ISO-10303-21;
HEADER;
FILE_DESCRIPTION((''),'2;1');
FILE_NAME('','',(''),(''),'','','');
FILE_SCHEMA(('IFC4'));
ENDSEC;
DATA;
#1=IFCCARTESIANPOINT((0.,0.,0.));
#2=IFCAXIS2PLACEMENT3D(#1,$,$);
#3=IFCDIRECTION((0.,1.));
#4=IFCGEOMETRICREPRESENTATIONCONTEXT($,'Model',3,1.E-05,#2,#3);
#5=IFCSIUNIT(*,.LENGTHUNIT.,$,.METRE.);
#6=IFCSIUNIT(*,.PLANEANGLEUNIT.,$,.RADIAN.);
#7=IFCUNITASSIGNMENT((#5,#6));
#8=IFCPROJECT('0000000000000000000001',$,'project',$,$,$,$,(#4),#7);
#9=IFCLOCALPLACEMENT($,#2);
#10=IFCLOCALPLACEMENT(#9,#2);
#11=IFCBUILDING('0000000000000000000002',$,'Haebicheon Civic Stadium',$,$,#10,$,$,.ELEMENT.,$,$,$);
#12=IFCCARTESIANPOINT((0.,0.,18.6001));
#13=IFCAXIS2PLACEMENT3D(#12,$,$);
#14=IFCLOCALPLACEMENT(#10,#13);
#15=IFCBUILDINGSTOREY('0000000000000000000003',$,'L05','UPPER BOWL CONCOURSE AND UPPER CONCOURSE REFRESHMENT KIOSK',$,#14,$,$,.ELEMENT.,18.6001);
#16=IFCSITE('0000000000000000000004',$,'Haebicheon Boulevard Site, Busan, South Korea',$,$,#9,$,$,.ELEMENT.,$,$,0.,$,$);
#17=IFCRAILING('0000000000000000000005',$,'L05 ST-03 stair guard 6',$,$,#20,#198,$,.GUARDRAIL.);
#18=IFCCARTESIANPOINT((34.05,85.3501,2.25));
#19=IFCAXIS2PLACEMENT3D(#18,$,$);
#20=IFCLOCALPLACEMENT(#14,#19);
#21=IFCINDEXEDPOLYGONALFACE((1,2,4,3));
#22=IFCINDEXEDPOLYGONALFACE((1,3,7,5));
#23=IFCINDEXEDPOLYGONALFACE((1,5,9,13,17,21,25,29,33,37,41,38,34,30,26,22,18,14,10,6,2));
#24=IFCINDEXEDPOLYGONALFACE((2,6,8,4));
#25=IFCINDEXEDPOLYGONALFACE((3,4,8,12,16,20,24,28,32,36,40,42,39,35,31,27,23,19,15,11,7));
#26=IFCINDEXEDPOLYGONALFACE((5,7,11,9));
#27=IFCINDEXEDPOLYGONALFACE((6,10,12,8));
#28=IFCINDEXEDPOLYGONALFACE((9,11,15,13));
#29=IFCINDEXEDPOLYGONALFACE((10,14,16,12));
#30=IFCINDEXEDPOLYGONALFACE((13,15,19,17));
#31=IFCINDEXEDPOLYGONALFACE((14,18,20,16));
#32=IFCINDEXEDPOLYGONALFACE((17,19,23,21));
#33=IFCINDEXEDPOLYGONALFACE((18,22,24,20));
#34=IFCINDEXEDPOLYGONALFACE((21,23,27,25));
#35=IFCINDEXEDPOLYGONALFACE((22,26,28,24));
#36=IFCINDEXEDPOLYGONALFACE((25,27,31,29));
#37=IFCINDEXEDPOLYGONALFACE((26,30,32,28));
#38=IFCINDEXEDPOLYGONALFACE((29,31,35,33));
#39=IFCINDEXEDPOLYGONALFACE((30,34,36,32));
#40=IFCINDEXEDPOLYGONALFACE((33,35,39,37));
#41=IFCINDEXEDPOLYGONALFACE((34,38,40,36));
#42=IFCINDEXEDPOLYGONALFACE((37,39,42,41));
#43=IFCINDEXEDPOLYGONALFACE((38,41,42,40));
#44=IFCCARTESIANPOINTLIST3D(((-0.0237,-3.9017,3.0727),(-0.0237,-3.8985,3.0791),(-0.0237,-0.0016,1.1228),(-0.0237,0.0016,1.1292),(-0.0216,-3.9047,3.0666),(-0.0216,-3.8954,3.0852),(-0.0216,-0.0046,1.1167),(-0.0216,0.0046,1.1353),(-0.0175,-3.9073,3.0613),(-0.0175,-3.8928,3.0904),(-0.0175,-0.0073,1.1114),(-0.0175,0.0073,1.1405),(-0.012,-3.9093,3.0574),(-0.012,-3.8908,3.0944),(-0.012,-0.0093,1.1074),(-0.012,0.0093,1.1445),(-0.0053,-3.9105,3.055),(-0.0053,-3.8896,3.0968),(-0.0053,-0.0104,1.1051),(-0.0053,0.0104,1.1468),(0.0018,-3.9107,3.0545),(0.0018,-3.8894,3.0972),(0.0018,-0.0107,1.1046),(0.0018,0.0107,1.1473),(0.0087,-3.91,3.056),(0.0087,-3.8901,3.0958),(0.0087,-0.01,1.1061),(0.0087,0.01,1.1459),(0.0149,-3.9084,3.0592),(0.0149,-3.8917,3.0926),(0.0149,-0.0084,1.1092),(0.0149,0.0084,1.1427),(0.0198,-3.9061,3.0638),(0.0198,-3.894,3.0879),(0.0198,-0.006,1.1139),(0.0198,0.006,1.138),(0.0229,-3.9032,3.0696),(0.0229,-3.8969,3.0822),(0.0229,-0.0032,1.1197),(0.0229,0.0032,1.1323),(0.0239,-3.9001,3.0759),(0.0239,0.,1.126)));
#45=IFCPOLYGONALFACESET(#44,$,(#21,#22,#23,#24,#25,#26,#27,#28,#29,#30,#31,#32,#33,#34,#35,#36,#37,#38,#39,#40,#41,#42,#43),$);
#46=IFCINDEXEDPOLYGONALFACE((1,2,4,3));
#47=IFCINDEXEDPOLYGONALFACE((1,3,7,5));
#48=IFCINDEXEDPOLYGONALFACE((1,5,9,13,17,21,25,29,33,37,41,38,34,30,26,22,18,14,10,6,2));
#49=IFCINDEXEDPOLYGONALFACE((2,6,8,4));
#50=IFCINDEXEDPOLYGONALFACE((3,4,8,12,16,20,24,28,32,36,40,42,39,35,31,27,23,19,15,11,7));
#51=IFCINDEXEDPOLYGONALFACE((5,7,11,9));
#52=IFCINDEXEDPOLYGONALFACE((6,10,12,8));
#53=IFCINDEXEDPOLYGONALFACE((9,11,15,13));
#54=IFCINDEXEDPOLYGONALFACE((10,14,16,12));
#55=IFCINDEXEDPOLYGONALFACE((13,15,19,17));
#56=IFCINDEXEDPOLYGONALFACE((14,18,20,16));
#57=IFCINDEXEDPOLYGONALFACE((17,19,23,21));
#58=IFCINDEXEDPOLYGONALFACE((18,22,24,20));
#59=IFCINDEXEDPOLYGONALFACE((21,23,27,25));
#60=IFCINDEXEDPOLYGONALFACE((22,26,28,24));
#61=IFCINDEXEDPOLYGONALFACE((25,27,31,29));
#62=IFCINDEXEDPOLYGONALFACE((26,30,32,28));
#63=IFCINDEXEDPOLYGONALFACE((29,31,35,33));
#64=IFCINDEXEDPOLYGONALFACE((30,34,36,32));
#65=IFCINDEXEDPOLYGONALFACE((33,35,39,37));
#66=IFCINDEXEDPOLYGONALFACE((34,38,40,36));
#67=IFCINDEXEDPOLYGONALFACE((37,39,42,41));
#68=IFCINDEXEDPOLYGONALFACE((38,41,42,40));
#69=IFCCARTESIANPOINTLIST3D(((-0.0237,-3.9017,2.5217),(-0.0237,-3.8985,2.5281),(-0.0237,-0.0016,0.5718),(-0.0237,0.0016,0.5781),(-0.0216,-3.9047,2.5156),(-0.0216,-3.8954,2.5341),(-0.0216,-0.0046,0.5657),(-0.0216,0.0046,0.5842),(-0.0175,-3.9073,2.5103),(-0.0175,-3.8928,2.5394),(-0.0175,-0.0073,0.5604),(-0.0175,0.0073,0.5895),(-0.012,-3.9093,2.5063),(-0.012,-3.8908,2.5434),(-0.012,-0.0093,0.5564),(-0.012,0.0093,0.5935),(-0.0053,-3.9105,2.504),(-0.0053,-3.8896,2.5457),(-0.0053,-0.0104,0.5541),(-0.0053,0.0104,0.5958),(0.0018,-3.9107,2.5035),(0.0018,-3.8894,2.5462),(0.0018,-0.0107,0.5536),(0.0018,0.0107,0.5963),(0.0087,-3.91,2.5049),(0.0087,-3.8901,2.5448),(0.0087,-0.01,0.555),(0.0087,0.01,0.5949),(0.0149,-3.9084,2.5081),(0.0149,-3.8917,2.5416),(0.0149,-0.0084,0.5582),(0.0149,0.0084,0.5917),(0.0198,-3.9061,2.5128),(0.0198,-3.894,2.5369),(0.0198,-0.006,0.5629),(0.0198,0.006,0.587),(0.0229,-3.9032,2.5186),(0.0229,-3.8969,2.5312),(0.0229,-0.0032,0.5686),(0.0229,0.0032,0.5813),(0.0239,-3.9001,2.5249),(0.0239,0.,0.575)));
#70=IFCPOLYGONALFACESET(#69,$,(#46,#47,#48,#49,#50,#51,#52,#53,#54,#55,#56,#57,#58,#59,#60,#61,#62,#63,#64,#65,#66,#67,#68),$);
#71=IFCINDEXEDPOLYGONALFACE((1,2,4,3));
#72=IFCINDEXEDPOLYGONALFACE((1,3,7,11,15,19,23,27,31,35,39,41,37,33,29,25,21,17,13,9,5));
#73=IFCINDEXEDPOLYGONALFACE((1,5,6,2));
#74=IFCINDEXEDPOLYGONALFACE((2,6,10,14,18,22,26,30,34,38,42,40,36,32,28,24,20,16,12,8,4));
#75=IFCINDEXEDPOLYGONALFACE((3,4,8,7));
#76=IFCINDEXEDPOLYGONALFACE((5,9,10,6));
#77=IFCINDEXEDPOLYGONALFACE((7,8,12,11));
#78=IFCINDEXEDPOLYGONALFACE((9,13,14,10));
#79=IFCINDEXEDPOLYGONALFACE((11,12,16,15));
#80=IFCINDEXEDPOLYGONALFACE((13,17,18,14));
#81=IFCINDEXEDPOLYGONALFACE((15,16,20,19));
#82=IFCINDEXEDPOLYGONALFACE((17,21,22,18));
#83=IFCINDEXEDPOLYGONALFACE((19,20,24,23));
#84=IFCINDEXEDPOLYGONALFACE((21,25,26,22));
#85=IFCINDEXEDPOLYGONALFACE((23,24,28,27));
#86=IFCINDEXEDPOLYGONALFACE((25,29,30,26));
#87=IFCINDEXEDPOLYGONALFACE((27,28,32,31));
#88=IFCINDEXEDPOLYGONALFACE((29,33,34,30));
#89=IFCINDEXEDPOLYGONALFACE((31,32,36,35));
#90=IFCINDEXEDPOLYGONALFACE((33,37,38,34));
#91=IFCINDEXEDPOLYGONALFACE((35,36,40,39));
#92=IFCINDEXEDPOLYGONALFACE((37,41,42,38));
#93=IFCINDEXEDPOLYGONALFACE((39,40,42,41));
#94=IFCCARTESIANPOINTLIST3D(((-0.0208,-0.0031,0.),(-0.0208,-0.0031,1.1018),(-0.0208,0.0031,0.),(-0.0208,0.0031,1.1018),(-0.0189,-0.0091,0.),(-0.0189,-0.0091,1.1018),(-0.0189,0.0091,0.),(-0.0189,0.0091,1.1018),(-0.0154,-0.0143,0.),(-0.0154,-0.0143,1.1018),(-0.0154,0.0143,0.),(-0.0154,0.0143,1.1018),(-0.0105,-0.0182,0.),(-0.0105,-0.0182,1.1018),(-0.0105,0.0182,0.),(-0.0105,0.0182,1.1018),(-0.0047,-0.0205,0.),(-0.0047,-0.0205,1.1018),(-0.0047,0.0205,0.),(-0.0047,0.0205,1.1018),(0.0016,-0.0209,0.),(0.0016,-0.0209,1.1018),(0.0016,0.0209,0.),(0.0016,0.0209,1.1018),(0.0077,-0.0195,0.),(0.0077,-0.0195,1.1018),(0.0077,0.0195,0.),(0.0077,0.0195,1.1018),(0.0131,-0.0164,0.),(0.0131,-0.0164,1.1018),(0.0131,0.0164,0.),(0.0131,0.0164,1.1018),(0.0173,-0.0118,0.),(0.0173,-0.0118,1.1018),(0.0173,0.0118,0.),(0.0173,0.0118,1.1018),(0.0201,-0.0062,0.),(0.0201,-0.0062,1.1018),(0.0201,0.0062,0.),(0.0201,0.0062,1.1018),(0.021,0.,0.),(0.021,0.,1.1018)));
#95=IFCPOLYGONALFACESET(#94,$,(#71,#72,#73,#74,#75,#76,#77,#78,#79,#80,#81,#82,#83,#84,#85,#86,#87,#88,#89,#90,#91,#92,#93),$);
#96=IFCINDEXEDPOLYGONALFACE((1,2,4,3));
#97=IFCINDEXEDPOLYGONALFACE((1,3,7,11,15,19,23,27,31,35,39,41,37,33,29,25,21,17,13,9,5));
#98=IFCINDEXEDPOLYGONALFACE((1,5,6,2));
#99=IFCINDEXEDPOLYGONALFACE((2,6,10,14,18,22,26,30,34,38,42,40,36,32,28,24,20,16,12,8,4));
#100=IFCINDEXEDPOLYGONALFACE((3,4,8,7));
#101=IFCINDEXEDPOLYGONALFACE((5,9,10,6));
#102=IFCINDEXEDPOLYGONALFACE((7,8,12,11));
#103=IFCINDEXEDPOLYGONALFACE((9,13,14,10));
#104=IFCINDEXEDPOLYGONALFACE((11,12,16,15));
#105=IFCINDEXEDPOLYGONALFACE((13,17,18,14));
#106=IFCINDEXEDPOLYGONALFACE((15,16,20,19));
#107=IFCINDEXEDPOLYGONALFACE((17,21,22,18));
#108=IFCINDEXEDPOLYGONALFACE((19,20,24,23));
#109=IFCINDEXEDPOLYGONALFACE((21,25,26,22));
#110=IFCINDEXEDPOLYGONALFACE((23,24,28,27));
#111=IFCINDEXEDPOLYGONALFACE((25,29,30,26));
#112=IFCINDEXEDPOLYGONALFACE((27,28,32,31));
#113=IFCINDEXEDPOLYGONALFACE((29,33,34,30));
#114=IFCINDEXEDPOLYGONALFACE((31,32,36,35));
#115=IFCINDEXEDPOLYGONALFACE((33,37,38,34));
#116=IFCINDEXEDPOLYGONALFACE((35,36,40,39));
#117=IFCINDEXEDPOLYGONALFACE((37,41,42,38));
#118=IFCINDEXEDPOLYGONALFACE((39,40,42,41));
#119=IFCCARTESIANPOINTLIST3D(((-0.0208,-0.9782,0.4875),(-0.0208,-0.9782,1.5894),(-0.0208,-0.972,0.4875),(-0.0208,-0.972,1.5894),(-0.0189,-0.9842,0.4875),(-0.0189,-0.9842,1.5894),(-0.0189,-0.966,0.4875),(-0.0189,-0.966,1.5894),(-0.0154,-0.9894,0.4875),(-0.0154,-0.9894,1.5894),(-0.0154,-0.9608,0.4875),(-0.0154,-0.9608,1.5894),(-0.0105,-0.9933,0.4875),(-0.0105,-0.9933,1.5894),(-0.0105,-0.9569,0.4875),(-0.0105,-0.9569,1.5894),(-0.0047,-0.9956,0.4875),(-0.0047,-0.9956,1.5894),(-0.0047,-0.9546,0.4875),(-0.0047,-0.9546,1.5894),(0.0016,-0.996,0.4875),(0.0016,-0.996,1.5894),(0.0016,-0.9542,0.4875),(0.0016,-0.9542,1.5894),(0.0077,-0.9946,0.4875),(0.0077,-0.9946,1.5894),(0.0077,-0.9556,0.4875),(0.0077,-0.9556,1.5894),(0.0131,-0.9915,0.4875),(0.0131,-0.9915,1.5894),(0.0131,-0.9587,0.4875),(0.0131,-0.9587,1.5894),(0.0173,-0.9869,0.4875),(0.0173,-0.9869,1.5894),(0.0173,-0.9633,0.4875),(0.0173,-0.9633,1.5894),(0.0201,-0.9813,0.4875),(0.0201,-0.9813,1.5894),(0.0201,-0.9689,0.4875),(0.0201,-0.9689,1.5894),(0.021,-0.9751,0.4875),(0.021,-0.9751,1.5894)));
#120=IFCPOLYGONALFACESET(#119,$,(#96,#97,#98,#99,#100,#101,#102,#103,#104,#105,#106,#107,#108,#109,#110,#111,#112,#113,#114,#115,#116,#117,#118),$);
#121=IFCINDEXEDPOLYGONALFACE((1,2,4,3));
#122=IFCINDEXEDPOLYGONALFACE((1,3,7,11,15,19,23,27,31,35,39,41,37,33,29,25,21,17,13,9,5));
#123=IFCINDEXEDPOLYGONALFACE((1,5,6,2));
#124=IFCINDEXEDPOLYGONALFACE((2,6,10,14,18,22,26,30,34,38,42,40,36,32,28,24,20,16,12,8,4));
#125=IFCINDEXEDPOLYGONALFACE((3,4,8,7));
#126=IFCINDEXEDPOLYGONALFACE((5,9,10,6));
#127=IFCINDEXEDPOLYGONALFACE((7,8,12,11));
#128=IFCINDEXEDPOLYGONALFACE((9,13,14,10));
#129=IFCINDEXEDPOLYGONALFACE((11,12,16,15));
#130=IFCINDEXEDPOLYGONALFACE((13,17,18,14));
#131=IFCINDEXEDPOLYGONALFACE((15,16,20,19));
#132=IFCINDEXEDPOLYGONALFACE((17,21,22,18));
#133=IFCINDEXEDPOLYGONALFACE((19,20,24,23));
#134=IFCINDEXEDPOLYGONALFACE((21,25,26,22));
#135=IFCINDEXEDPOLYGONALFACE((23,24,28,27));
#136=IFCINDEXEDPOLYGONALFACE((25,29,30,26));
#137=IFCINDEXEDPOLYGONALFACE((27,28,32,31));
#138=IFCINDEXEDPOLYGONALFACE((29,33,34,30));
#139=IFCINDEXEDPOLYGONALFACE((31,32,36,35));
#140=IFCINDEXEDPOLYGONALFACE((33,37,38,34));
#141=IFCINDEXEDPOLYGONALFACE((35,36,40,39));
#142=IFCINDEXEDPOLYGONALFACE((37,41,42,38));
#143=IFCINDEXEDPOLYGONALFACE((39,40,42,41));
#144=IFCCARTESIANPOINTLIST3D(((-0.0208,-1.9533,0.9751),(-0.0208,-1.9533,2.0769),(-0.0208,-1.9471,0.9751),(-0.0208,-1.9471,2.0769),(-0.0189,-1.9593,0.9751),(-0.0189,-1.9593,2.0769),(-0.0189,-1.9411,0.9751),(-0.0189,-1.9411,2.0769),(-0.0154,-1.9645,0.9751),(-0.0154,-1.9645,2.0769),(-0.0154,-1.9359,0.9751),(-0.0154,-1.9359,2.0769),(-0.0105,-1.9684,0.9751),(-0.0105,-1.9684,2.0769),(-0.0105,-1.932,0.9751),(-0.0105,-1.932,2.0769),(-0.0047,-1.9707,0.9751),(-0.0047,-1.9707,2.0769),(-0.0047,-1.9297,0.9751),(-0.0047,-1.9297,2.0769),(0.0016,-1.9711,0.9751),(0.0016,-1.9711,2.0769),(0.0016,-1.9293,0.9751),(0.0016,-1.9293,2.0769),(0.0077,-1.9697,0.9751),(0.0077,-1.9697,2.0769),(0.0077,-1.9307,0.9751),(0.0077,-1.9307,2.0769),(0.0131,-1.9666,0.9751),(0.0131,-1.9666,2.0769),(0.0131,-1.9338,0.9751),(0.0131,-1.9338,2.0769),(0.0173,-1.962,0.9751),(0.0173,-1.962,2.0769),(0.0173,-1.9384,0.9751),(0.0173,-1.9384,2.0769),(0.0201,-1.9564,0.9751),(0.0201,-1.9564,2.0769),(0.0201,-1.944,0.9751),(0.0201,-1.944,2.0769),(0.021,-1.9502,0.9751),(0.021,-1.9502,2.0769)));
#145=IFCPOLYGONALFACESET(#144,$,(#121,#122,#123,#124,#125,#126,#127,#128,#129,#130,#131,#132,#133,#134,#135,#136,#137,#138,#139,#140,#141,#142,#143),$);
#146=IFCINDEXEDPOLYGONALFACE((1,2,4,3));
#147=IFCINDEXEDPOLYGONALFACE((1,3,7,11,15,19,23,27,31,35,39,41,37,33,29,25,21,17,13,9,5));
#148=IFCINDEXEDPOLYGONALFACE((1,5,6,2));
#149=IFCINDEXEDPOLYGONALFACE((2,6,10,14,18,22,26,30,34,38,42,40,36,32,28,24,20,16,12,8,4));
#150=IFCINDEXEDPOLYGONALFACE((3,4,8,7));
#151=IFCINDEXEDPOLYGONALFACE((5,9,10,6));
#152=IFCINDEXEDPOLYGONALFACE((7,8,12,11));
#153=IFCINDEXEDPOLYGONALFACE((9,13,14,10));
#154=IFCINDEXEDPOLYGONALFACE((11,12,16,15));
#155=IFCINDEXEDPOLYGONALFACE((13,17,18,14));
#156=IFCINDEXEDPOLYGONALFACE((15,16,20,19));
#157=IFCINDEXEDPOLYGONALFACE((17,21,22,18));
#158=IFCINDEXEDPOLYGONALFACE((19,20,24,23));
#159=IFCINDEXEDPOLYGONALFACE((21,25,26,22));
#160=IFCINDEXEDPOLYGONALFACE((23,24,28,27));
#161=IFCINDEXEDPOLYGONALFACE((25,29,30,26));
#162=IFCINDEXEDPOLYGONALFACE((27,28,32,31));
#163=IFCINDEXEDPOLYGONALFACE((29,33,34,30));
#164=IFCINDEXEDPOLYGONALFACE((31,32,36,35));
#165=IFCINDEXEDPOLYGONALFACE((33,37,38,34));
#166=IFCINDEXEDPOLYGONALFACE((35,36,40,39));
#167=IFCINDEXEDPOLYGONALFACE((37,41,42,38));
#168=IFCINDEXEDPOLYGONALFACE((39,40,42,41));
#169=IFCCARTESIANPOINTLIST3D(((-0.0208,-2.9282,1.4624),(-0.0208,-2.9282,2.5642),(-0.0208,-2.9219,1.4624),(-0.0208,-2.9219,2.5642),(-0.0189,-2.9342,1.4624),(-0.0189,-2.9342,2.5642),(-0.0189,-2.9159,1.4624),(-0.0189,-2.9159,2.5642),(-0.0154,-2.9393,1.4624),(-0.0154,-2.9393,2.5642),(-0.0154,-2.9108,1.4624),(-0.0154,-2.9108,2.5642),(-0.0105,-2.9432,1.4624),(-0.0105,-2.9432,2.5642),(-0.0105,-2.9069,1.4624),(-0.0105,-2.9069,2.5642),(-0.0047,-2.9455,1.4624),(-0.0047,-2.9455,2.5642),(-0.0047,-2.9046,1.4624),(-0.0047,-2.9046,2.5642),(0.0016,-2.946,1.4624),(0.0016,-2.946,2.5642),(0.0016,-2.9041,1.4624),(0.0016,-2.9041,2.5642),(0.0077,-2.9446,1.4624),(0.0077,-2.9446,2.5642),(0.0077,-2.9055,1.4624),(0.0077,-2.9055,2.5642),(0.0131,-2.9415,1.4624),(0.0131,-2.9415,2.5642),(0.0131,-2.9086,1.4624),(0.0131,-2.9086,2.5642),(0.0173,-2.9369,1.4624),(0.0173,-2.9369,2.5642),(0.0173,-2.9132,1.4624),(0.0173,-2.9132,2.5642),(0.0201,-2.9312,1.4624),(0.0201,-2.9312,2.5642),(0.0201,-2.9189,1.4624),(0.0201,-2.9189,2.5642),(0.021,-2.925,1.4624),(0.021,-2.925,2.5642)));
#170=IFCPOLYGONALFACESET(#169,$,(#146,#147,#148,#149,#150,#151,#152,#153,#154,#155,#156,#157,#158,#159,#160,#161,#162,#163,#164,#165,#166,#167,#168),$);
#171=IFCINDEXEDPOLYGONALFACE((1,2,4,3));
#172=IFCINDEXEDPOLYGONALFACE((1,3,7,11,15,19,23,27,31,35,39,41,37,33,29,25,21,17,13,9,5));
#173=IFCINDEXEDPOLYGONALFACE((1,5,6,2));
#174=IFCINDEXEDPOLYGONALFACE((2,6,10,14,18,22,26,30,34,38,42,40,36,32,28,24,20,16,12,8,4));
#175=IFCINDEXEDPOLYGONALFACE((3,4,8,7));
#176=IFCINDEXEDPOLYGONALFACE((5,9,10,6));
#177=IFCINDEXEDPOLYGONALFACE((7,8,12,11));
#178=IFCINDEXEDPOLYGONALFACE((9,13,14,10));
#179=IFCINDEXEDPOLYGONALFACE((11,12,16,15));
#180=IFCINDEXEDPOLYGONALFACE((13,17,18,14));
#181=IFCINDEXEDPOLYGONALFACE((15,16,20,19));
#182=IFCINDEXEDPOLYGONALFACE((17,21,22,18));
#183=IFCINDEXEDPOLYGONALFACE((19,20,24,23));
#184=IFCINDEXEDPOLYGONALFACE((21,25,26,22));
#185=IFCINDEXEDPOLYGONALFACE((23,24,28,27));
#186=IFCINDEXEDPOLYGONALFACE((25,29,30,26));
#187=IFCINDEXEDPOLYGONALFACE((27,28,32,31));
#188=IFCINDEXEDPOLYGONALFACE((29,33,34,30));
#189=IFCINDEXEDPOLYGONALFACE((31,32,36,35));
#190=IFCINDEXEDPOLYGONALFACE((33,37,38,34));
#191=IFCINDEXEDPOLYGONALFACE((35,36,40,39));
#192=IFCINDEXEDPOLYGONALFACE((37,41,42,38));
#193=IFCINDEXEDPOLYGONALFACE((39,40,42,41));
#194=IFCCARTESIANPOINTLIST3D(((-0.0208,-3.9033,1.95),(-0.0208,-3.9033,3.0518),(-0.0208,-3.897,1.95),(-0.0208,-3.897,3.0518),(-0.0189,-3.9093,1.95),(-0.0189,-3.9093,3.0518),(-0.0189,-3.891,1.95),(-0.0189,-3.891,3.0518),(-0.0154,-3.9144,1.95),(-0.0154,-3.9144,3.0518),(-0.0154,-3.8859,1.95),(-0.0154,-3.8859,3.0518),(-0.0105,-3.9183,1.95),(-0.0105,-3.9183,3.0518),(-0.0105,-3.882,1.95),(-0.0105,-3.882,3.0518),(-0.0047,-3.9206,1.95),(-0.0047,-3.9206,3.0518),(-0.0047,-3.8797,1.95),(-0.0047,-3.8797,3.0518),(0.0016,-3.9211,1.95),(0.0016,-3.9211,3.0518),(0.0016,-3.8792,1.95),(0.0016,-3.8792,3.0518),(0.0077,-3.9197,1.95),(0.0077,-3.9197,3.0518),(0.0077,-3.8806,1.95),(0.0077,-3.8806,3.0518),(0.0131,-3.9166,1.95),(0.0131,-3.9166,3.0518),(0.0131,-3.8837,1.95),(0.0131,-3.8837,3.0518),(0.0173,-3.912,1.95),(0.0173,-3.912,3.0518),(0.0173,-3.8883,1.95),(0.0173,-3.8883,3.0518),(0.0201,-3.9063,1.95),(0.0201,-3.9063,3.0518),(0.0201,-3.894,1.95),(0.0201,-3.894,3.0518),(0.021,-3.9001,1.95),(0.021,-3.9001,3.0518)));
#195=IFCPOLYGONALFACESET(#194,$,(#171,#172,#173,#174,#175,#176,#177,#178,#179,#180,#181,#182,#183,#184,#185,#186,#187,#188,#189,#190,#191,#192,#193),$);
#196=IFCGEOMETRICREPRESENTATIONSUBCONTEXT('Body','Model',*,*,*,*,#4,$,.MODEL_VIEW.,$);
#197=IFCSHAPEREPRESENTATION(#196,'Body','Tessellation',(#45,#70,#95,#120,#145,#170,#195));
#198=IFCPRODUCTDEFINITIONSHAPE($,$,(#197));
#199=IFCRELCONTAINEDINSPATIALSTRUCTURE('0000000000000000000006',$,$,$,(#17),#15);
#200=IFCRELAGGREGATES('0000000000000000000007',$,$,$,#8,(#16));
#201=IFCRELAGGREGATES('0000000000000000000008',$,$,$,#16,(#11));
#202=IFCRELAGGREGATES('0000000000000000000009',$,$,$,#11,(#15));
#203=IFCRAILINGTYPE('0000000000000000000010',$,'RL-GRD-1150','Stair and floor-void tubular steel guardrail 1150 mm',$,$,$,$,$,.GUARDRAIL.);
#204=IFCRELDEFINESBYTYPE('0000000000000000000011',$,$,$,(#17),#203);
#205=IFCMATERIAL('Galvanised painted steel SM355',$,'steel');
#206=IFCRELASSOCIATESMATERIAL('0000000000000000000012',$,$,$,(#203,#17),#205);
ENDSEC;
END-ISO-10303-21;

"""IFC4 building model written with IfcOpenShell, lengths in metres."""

from ifc_helpers import new_model, si_unit, direction, frame, origin, origin_2d, place, context, subcontext, project, spatial, circle, extrude, material, type_object, element, save


model = new_model("IFC4")

# Units and contexts
model_context = context("Model", 3, precision=1e-05, world=origin(), true_north=direction((0.0, 1.0)))
body_context = subcontext(model_context, "Body", "Model", "MODEL_VIEW")
ifc_project = project(units=[si_unit("LENGTHUNIT", "METRE"), si_unit("PLANEANGLEUNIT", "RADIAN")], contexts=[model_context])

# Site, building, storey
site_placement = place(None, origin())
site = spatial("IfcSite", under=ifc_project, at=site_placement, Name="Haebicheon Boulevard Site, Busan, South Korea", CompositionType="ELEMENT", RefElevation=0.0)
building_placement = place(site_placement, origin())
building = spatial("IfcBuilding", under=site, at=building_placement, Name="Haebicheon Civic Stadium", CompositionType="ELEMENT")
storey_placement = place(building_placement, frame((0.0, 0.0, 18.6001)))
storey = spatial("IfcBuildingStorey", under=building, at=storey_placement, Name="L05", Description="UPPER BOWL CONCOURSE AND UPPER CONCOURSE REFRESHMENT KIOSK", CompositionType="ELEMENT", Elevation=18.6001)

# Railing
ifc_material_1 = material(Name="Galvanised painted steel SM355", Category="steel")
railing_type_1 = type_object("IfcRailingType", Name="RL-GRD-1150", Description="Stair and floor-void tubular steel guardrail 1150 mm", PredefinedType="GUARDRAIL", material=ifc_material_1)
railing_1_placement = place(storey_placement, frame((34.05, 85.3501, 2.25)))
element("IfcRailing", 1, at=railing_1_placement, inside=storey, type_object=railing_type_1, material=ifc_material_1, Name="L05 ST-03 stair guard 6", PredefinedType="GUARDRAIL", context=body_context, shape_type="SweptSolid", body=[
    extrude(circle(Radius=0.0239, at=origin_2d()), frame((0.0, 0.0, 1.126), z_axis=(0.0, -0.894438, 0.447191), x_axis=(1.0, 0.0, 0.0)), (0.0, 0.0, 1.0), 4.3604),
    extrude(circle(Radius=0.0239, at=origin_2d()), frame((0.0, 0.0, 0.575), z_axis=(0.0, -0.894438, 0.447191), x_axis=(1.0, 0.0, 0.0)), (0.0, 0.0, 1.0), 4.3604),
    extrude(circle(Radius=0.021, at=origin_2d()), origin(), (0.0, 0.0, 1.0), 1.1018),
    extrude(circle(Radius=0.021, at=origin_2d()), frame((0.0, -0.9751, 0.4875)), (0.0, 0.0, 1.0), 1.1018),
    extrude(circle(Radius=0.021, at=origin_2d()), frame((0.0, -1.9502, 0.9751)), (0.0, 0.0, 1.0), 1.1018),
    extrude(circle(Radius=0.021, at=origin_2d()), frame((0.0, -2.925, 1.4624)), (0.0, 0.0, 1.0), 1.1018),
    extrude(circle(Radius=0.021, at=origin_2d()), frame((0.0, -3.9001, 1.95)), (0.0, 0.0, 1.0), 1.1018),
])

save(model, "model.ifc")
